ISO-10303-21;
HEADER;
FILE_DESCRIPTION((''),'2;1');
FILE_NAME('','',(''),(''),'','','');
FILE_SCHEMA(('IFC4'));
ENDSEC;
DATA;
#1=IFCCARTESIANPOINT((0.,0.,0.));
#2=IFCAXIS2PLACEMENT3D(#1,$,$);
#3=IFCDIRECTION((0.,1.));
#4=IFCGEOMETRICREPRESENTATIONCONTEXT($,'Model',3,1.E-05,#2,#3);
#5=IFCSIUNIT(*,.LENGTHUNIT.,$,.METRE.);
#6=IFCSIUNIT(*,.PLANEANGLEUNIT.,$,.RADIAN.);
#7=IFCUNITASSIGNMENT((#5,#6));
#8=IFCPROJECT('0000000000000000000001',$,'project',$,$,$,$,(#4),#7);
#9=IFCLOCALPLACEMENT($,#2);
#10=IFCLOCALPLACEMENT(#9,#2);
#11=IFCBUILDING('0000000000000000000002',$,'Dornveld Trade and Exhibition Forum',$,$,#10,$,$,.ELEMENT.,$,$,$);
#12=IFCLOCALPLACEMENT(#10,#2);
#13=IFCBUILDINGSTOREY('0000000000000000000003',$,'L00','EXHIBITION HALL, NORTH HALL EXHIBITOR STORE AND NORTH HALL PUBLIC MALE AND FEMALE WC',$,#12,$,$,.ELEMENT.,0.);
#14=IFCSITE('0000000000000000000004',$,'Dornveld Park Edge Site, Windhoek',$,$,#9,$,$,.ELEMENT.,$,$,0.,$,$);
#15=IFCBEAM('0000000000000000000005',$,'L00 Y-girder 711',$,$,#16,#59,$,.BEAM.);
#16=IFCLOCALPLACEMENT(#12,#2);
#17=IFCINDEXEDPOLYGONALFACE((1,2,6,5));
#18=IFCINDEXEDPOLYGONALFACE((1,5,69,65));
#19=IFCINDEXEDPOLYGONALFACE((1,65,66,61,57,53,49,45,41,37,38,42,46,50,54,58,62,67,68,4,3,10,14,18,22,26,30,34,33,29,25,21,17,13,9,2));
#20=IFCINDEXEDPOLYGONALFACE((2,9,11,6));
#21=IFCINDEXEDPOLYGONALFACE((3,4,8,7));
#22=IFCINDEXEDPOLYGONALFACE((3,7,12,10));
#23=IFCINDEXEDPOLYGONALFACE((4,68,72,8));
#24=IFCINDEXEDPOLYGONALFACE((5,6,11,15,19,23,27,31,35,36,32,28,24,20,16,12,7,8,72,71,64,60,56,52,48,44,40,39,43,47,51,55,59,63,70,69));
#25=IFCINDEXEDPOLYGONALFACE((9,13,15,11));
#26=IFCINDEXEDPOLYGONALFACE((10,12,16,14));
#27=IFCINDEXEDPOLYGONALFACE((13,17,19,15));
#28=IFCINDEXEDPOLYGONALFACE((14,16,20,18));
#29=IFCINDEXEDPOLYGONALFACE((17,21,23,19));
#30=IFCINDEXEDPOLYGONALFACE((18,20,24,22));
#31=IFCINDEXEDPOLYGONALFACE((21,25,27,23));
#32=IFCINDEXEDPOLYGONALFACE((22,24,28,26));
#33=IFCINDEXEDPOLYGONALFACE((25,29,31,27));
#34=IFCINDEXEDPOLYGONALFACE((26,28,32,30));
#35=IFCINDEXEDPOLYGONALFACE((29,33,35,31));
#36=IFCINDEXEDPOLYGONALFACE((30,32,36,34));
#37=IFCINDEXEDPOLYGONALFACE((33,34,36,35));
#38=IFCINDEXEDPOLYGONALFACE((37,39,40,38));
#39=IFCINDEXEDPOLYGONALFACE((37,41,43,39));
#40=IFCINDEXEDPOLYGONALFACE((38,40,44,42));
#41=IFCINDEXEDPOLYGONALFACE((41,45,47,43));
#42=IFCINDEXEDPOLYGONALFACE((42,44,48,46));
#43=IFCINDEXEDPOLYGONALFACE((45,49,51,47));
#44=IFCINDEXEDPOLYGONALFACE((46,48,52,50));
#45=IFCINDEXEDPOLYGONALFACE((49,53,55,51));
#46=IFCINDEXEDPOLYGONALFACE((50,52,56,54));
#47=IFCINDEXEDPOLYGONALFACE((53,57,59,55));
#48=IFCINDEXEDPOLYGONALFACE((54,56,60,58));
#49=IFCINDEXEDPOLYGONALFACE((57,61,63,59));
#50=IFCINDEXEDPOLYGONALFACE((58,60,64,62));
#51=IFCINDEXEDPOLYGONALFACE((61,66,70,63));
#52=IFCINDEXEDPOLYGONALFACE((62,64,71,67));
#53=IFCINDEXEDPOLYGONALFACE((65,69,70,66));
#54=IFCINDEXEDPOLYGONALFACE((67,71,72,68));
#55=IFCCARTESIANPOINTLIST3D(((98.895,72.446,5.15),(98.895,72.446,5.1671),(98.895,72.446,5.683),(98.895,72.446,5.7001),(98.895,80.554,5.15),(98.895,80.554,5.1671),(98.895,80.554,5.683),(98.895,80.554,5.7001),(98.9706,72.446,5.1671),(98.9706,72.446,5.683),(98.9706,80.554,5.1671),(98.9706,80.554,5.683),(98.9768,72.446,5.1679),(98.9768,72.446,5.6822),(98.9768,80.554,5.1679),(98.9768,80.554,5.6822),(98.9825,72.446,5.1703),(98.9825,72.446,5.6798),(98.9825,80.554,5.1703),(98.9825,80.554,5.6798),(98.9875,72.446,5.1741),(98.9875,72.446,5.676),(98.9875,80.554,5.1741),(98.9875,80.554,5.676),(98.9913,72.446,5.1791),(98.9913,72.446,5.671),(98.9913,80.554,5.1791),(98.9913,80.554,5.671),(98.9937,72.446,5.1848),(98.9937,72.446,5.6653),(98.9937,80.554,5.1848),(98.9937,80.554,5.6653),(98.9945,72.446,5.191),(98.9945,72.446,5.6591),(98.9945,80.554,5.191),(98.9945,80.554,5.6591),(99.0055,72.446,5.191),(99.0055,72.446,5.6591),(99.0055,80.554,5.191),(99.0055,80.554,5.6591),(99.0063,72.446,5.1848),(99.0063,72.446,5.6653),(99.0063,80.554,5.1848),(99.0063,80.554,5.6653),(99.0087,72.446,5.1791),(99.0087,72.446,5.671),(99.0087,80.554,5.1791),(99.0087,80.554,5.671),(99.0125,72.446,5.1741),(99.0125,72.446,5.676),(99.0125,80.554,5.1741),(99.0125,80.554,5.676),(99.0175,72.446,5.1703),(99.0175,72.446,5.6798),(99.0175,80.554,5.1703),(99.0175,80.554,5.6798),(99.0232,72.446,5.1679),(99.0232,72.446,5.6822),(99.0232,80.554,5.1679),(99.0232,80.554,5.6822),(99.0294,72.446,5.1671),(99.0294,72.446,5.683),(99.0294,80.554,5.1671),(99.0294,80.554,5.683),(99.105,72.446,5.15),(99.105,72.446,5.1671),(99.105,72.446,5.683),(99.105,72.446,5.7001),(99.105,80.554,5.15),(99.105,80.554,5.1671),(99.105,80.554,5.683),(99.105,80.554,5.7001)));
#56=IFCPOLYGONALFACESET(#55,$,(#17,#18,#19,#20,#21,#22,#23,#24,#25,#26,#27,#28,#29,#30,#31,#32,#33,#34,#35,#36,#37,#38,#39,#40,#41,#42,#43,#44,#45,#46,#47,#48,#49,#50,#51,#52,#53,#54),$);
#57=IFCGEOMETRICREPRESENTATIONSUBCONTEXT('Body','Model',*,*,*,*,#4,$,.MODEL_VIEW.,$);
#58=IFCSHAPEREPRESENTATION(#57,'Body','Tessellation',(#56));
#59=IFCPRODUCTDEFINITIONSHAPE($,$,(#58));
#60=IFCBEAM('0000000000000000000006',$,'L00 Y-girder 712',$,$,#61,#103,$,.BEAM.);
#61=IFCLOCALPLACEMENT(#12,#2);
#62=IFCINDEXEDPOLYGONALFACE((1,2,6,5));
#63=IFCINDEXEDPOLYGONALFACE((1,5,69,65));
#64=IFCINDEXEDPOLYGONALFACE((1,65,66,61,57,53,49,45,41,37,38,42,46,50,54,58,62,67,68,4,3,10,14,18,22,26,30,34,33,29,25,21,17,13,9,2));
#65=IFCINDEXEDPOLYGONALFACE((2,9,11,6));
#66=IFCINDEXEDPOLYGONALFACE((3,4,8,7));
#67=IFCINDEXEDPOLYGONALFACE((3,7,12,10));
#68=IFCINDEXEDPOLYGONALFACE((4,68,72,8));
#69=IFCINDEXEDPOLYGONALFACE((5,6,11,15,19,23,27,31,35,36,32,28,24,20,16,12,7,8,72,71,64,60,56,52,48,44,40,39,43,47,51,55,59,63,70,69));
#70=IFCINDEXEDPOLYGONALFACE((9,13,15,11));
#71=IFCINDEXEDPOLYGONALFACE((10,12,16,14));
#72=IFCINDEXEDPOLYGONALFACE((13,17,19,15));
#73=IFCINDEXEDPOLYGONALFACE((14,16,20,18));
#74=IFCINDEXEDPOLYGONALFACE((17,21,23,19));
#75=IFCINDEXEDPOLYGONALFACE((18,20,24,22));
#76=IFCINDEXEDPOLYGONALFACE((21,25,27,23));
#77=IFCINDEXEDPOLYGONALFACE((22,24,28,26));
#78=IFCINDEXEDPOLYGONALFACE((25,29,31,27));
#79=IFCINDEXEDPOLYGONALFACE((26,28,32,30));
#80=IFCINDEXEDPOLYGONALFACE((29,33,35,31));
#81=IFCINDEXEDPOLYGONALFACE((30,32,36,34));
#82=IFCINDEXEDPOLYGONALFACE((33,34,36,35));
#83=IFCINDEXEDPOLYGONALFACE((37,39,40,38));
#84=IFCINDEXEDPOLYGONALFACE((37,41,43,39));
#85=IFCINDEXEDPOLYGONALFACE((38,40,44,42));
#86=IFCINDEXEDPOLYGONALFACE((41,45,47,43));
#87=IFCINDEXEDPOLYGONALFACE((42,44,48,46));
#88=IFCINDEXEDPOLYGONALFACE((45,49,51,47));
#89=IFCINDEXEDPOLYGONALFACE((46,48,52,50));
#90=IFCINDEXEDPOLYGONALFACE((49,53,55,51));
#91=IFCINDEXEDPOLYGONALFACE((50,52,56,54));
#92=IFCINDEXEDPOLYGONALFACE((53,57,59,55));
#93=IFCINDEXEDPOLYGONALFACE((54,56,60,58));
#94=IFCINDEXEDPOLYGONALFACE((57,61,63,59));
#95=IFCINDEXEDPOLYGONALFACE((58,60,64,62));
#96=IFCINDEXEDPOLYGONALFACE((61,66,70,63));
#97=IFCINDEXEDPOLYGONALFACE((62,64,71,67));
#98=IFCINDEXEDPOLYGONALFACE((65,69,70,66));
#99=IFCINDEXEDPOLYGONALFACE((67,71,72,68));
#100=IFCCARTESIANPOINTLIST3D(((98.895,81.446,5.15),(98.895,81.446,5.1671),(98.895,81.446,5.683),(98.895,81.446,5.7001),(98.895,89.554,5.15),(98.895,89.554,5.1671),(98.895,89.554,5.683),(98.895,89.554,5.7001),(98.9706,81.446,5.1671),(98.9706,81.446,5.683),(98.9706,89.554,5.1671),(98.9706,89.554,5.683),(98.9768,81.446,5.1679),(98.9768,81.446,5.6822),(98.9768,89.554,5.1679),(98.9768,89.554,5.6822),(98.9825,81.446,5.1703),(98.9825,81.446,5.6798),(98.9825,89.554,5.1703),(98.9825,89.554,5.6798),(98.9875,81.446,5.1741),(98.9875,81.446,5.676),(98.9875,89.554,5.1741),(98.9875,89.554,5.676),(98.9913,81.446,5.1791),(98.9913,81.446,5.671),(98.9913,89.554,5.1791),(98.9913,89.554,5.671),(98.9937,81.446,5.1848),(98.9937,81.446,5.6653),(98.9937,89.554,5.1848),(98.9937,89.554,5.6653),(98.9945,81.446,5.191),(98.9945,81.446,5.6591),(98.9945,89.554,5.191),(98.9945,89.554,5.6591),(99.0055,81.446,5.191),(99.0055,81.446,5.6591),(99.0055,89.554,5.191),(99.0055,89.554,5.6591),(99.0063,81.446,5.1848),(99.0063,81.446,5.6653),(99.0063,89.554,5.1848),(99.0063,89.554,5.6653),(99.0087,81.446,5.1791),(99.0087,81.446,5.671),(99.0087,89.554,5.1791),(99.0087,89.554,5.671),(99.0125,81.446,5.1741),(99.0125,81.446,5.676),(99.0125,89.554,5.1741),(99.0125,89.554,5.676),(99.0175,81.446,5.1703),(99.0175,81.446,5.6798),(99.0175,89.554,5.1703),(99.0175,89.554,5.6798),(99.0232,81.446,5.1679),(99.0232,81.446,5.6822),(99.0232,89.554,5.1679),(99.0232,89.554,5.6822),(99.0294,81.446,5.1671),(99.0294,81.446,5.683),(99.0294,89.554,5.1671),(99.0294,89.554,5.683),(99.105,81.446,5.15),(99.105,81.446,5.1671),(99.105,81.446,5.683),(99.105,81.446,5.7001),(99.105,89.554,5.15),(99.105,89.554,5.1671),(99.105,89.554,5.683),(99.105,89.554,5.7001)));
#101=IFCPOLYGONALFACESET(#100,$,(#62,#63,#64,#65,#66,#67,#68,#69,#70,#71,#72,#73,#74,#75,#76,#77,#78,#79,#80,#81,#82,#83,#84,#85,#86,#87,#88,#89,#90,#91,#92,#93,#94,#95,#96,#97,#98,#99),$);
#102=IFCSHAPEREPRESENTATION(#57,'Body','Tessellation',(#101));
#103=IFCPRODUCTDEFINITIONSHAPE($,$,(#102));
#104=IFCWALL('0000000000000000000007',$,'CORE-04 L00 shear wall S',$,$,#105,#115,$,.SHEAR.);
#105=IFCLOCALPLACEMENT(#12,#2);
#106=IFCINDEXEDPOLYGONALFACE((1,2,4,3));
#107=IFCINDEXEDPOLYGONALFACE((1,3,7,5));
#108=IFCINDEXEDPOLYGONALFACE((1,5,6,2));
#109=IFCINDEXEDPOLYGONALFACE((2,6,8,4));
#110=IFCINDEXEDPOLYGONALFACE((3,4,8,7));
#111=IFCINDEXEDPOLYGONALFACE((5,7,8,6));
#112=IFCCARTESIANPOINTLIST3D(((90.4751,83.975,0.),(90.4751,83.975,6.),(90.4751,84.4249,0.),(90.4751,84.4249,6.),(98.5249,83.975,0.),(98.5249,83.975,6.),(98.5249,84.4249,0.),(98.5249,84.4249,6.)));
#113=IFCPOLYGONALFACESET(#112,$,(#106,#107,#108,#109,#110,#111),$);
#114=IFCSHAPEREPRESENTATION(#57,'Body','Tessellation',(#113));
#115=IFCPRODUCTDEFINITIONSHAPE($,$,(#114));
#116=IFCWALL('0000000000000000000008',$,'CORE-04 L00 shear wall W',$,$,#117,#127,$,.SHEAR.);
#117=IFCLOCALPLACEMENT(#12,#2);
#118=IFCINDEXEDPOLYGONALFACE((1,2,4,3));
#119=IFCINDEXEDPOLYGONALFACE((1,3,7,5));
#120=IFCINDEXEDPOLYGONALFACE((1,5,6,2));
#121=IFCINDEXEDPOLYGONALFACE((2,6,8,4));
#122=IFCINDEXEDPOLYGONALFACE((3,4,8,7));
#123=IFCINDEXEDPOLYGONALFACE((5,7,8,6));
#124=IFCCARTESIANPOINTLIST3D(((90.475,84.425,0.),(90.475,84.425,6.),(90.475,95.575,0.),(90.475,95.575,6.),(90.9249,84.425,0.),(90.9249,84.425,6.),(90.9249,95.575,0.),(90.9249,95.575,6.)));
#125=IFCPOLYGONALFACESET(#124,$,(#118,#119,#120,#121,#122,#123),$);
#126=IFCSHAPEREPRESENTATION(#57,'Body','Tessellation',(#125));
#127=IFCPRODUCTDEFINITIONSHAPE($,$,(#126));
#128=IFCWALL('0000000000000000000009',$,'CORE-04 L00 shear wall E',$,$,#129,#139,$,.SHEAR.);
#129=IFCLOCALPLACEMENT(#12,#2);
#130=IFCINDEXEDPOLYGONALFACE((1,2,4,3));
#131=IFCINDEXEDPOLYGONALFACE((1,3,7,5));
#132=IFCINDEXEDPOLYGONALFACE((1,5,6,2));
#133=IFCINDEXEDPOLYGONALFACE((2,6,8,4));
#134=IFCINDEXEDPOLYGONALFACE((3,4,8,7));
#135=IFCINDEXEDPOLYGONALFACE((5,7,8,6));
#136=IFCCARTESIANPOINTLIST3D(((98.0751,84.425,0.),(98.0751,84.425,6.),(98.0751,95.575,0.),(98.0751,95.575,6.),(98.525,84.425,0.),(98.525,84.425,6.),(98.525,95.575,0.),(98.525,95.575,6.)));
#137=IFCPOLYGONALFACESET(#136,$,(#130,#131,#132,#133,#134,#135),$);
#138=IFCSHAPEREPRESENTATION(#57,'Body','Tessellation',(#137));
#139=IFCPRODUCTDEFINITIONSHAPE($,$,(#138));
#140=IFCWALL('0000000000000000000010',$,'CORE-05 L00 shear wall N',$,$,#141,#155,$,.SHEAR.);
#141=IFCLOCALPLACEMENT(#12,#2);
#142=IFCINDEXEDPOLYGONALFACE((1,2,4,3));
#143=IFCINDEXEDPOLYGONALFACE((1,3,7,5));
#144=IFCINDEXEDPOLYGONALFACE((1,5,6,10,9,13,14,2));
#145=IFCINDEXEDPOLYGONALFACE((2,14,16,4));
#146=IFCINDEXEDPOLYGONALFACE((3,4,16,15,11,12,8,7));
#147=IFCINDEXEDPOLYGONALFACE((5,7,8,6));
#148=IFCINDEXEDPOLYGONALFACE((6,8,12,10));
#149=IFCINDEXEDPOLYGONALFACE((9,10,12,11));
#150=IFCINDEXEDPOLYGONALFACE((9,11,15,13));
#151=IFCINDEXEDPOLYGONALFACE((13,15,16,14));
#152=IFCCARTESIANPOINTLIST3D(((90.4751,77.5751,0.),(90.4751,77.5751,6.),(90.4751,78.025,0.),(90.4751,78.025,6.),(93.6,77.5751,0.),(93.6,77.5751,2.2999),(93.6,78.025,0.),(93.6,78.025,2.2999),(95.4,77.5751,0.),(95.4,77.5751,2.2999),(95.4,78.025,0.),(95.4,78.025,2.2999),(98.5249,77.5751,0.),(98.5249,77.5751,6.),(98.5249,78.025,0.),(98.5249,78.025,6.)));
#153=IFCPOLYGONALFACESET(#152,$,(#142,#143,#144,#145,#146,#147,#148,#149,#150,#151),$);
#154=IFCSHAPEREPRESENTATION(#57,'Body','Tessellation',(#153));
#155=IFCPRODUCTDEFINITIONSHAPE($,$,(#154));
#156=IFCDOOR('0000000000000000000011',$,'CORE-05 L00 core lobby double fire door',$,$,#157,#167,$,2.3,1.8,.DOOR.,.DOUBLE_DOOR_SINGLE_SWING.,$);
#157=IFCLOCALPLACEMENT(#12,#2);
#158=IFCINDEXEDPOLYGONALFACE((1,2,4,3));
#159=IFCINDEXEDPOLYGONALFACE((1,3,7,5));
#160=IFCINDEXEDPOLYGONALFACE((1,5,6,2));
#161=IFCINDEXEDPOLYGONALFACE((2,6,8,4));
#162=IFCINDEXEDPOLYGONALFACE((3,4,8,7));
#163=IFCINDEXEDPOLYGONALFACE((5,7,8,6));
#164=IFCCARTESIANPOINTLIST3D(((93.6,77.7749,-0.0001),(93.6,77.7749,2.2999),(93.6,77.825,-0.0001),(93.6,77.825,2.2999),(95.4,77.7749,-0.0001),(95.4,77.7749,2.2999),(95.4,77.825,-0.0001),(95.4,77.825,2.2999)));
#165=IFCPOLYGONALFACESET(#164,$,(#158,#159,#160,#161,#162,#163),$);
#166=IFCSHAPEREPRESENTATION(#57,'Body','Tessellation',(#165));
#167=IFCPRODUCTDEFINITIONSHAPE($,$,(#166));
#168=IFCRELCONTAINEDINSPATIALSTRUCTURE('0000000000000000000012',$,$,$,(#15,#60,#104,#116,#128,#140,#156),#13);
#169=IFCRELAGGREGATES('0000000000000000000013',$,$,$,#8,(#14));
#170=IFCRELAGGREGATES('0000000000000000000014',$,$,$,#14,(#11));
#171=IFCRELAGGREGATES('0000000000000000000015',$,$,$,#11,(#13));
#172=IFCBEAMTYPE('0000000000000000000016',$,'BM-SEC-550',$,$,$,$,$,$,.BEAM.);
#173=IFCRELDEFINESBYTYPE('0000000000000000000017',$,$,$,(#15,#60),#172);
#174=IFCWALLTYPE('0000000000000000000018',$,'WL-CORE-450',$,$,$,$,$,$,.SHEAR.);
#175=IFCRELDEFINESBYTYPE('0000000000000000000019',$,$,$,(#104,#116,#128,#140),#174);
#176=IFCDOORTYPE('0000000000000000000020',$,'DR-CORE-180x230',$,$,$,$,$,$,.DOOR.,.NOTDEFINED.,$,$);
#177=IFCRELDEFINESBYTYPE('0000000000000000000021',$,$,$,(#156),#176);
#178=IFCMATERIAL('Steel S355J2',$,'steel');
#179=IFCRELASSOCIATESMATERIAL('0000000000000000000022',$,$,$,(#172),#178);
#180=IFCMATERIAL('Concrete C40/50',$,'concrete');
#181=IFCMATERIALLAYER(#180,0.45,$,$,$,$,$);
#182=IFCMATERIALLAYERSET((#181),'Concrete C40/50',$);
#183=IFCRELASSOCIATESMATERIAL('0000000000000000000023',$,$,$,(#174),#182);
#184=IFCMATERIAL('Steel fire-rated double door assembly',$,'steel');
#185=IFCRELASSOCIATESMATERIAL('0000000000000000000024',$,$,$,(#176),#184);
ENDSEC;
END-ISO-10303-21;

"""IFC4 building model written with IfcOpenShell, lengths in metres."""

from ifc_helpers import new_model, si_unit, direction, frame, frame_2d, origin, origin_2d, place, context, subcontext, project, spatial, rectangle, i_section, extrude, material, layer, layer_set, material_profile, profile_set, type_object, element, fill, save


model = new_model("IFC4")

# Units and contexts
model_context = context("Model", 3, precision=1e-05, world=origin(), true_north=direction((0.0, 1.0)))
body_context = subcontext(model_context, "Body", "Model", "MODEL_VIEW")
ifc_project = project(units=[si_unit("LENGTHUNIT", "METRE"), si_unit("PLANEANGLEUNIT", "RADIAN")], contexts=[model_context])

# Site, building, storey
site_placement = place(None, origin())
site = spatial("IfcSite", under=ifc_project, at=site_placement, Name="Dornveld Park Edge Site, Windhoek", CompositionType="ELEMENT", RefElevation=0.0)
building_placement = place(site_placement, origin())
building = spatial("IfcBuilding", under=site, at=building_placement, Name="Dornveld Trade and Exhibition Forum", CompositionType="ELEMENT")
storey_placement = place(building_placement, origin())
storey = spatial("IfcBuildingStorey", under=building, at=storey_placement, Name="L00", Description="EXHIBITION HALL, NORTH HALL EXHIBITOR STORE AND NORTH HALL PUBLIC MALE AND FEMALE WC", CompositionType="ELEMENT", Elevation=0.0)

# Beams
ifc_material_1 = material(Name="Steel S355J2", Category="steel")
ifc_material_profile_1 = material_profile(ifc_material_1, i_section(OverallWidth=0.21, OverallDepth=0.55, WebThickness=0.011, FlangeThickness=0.0171, FilletRadius=0.0239, at=origin_2d()), Name="IPE 550")
ifc_profile_set_1 = profile_set([ifc_material_profile_1], Name="Steel S355J2")
beam_type_1 = type_object("IfcBeamType", Name="BM-SEC-550", PredefinedType="BEAM", material=ifc_profile_set_1)
for number, where, z_axis, x_axis, name in (
    (1, (99.0, 72.446, 5.425), (0.0, 1.0, 0.0), (-1.0, 0.0, 0.0), "L00 Y-girder 711"),
    (2, (99.0, 81.446, 5.425), (0.0, 1.0, 0.0), (-1.0, 0.0, 0.0), "L00 Y-girder 712"),
):
    element("IfcBeam", number, at=place(storey_placement, frame(where, z_axis=z_axis, x_axis=x_axis)), inside=storey, type_object=beam_type_1, Name=name, PredefinedType="BEAM", context=body_context, shape_type="SweptSolid", body=[
        extrude(i_section(OverallWidth=0.21, OverallDepth=0.55, WebThickness=0.011, FlangeThickness=0.0171, FilletRadius=0.0239, at=origin_2d()), origin(), (0.0, 0.0, 1.0), 8.1079),
    ])

# Walls
ifc_material_2 = material(Name="Concrete C40/50", Category="concrete")
ifc_layer_1 = layer(ifc_material_2, 0.45)
ifc_layer_set_1 = layer_set([ifc_layer_1], Name="Concrete C40/50")
wall_type_1 = type_object("IfcWallType", Name="WL-CORE-450", PredefinedType="SHEAR", material=ifc_layer_set_1)
wall_1_placement = place(storey_placement, frame((90.4751, 84.2, 0.0), z_axis=(0.0, 0.0, 1.0), x_axis=(1.0, 0.0, 0.0)))
element("IfcWall", 3, at=wall_1_placement, inside=storey, type_object=wall_type_1, Name="CORE-04 L00 shear wall S", PredefinedType="SHEAR", context=body_context, shape_type="SweptSolid", body=[
    extrude(rectangle(XDim=8.0498, YDim=0.45, at=frame_2d((4.0249, 0.0))), origin(), (0.0, 0.0, 1.0), 6.0),
])
for number, where, z_axis, x_axis, name in (
    (4, (90.7, 84.425, 0.0), (0.0, 0.0, 1.0), (0.0, 1.0, 0.0), "CORE-04 L00 shear wall W"),
    (5, (98.3, 84.425, 0.0), (0.0, 0.0, 1.0), (0.0, 1.0, 0.0), "CORE-04 L00 shear wall E"),
):
    element("IfcWall", number, at=place(storey_placement, frame(where, z_axis=z_axis, x_axis=x_axis)), inside=storey, type_object=wall_type_1, Name=name, PredefinedType="SHEAR", context=body_context, shape_type="SweptSolid", body=[
        extrude(rectangle(XDim=11.1499, YDim=0.45, at=frame_2d((5.575, 0.0))), origin(), (0.0, 0.0, 1.0), 6.0),
    ])

# Wall, opening, door
wall_2_placement = place(storey_placement, frame((90.4751, 77.8, 0.0), z_axis=(0.0, 0.0, 1.0), x_axis=(1.0, 0.0, 0.0)))
wall_2 = element("IfcWall", 6, at=wall_2_placement, inside=storey, type_object=wall_type_1, Name="CORE-05 L00 shear wall N", PredefinedType="SHEAR", context=body_context, shape_type="SweptSolid", body=[
    extrude(rectangle(XDim=8.0498, YDim=0.45, at=frame_2d((4.0249, 0.0))), origin(), (0.0, 0.0, 1.0), 6.0),
])
opening_1_placement = place(wall_2_placement, frame((3.125, 0.0, 0.0)))
opening_1 = element("IfcOpeningElement", 7, at=opening_1_placement, cuts=wall_2, PredefinedType="OPENING", context=body_context, shape_type="SweptSolid", body=[
    extrude(rectangle(XDim=1.8, YDim=2.3, at=frame_2d((0.8999, 1.1499))), frame((0.0, 0.2349, 0.0), z_axis=(0.0, -1.0, 0.0), x_axis=(1.0, 0.0, 0.0)), (0.0, 0.0, 1.0), 0.47),
])
ifc_material_3 = material(Name="Steel fire-rated double door assembly", Category="steel")
door_type_1 = type_object("IfcDoorType", Name="DR-CORE-180x230", OperationType="NOTDEFINED", PredefinedType="DOOR", material=ifc_material_3)
door_1_placement = place(opening_1_placement, origin())
door_1 = element("IfcDoor", 8, at=door_1_placement, inside=storey, type_object=door_type_1, Name="CORE-05 L00 core lobby double fire door", OperationType="DOUBLE_DOOR_SINGLE_SWING", OverallHeight=2.3, OverallWidth=1.8, PredefinedType="DOOR", context=body_context, shape_type="SweptSolid", body=[
    extrude(rectangle(XDim=1.8, YDim=2.3, at=frame_2d((0.8999, 1.1499))), frame((0.0, 0.0249, 0.0), z_axis=(0.0, -1.0, 0.0), x_axis=(1.0, 0.0, 0.0)), (0.0, 0.0, 1.0), 0.05),
])
fill(opening_1, door_1)

save(model, "model.ifc")
